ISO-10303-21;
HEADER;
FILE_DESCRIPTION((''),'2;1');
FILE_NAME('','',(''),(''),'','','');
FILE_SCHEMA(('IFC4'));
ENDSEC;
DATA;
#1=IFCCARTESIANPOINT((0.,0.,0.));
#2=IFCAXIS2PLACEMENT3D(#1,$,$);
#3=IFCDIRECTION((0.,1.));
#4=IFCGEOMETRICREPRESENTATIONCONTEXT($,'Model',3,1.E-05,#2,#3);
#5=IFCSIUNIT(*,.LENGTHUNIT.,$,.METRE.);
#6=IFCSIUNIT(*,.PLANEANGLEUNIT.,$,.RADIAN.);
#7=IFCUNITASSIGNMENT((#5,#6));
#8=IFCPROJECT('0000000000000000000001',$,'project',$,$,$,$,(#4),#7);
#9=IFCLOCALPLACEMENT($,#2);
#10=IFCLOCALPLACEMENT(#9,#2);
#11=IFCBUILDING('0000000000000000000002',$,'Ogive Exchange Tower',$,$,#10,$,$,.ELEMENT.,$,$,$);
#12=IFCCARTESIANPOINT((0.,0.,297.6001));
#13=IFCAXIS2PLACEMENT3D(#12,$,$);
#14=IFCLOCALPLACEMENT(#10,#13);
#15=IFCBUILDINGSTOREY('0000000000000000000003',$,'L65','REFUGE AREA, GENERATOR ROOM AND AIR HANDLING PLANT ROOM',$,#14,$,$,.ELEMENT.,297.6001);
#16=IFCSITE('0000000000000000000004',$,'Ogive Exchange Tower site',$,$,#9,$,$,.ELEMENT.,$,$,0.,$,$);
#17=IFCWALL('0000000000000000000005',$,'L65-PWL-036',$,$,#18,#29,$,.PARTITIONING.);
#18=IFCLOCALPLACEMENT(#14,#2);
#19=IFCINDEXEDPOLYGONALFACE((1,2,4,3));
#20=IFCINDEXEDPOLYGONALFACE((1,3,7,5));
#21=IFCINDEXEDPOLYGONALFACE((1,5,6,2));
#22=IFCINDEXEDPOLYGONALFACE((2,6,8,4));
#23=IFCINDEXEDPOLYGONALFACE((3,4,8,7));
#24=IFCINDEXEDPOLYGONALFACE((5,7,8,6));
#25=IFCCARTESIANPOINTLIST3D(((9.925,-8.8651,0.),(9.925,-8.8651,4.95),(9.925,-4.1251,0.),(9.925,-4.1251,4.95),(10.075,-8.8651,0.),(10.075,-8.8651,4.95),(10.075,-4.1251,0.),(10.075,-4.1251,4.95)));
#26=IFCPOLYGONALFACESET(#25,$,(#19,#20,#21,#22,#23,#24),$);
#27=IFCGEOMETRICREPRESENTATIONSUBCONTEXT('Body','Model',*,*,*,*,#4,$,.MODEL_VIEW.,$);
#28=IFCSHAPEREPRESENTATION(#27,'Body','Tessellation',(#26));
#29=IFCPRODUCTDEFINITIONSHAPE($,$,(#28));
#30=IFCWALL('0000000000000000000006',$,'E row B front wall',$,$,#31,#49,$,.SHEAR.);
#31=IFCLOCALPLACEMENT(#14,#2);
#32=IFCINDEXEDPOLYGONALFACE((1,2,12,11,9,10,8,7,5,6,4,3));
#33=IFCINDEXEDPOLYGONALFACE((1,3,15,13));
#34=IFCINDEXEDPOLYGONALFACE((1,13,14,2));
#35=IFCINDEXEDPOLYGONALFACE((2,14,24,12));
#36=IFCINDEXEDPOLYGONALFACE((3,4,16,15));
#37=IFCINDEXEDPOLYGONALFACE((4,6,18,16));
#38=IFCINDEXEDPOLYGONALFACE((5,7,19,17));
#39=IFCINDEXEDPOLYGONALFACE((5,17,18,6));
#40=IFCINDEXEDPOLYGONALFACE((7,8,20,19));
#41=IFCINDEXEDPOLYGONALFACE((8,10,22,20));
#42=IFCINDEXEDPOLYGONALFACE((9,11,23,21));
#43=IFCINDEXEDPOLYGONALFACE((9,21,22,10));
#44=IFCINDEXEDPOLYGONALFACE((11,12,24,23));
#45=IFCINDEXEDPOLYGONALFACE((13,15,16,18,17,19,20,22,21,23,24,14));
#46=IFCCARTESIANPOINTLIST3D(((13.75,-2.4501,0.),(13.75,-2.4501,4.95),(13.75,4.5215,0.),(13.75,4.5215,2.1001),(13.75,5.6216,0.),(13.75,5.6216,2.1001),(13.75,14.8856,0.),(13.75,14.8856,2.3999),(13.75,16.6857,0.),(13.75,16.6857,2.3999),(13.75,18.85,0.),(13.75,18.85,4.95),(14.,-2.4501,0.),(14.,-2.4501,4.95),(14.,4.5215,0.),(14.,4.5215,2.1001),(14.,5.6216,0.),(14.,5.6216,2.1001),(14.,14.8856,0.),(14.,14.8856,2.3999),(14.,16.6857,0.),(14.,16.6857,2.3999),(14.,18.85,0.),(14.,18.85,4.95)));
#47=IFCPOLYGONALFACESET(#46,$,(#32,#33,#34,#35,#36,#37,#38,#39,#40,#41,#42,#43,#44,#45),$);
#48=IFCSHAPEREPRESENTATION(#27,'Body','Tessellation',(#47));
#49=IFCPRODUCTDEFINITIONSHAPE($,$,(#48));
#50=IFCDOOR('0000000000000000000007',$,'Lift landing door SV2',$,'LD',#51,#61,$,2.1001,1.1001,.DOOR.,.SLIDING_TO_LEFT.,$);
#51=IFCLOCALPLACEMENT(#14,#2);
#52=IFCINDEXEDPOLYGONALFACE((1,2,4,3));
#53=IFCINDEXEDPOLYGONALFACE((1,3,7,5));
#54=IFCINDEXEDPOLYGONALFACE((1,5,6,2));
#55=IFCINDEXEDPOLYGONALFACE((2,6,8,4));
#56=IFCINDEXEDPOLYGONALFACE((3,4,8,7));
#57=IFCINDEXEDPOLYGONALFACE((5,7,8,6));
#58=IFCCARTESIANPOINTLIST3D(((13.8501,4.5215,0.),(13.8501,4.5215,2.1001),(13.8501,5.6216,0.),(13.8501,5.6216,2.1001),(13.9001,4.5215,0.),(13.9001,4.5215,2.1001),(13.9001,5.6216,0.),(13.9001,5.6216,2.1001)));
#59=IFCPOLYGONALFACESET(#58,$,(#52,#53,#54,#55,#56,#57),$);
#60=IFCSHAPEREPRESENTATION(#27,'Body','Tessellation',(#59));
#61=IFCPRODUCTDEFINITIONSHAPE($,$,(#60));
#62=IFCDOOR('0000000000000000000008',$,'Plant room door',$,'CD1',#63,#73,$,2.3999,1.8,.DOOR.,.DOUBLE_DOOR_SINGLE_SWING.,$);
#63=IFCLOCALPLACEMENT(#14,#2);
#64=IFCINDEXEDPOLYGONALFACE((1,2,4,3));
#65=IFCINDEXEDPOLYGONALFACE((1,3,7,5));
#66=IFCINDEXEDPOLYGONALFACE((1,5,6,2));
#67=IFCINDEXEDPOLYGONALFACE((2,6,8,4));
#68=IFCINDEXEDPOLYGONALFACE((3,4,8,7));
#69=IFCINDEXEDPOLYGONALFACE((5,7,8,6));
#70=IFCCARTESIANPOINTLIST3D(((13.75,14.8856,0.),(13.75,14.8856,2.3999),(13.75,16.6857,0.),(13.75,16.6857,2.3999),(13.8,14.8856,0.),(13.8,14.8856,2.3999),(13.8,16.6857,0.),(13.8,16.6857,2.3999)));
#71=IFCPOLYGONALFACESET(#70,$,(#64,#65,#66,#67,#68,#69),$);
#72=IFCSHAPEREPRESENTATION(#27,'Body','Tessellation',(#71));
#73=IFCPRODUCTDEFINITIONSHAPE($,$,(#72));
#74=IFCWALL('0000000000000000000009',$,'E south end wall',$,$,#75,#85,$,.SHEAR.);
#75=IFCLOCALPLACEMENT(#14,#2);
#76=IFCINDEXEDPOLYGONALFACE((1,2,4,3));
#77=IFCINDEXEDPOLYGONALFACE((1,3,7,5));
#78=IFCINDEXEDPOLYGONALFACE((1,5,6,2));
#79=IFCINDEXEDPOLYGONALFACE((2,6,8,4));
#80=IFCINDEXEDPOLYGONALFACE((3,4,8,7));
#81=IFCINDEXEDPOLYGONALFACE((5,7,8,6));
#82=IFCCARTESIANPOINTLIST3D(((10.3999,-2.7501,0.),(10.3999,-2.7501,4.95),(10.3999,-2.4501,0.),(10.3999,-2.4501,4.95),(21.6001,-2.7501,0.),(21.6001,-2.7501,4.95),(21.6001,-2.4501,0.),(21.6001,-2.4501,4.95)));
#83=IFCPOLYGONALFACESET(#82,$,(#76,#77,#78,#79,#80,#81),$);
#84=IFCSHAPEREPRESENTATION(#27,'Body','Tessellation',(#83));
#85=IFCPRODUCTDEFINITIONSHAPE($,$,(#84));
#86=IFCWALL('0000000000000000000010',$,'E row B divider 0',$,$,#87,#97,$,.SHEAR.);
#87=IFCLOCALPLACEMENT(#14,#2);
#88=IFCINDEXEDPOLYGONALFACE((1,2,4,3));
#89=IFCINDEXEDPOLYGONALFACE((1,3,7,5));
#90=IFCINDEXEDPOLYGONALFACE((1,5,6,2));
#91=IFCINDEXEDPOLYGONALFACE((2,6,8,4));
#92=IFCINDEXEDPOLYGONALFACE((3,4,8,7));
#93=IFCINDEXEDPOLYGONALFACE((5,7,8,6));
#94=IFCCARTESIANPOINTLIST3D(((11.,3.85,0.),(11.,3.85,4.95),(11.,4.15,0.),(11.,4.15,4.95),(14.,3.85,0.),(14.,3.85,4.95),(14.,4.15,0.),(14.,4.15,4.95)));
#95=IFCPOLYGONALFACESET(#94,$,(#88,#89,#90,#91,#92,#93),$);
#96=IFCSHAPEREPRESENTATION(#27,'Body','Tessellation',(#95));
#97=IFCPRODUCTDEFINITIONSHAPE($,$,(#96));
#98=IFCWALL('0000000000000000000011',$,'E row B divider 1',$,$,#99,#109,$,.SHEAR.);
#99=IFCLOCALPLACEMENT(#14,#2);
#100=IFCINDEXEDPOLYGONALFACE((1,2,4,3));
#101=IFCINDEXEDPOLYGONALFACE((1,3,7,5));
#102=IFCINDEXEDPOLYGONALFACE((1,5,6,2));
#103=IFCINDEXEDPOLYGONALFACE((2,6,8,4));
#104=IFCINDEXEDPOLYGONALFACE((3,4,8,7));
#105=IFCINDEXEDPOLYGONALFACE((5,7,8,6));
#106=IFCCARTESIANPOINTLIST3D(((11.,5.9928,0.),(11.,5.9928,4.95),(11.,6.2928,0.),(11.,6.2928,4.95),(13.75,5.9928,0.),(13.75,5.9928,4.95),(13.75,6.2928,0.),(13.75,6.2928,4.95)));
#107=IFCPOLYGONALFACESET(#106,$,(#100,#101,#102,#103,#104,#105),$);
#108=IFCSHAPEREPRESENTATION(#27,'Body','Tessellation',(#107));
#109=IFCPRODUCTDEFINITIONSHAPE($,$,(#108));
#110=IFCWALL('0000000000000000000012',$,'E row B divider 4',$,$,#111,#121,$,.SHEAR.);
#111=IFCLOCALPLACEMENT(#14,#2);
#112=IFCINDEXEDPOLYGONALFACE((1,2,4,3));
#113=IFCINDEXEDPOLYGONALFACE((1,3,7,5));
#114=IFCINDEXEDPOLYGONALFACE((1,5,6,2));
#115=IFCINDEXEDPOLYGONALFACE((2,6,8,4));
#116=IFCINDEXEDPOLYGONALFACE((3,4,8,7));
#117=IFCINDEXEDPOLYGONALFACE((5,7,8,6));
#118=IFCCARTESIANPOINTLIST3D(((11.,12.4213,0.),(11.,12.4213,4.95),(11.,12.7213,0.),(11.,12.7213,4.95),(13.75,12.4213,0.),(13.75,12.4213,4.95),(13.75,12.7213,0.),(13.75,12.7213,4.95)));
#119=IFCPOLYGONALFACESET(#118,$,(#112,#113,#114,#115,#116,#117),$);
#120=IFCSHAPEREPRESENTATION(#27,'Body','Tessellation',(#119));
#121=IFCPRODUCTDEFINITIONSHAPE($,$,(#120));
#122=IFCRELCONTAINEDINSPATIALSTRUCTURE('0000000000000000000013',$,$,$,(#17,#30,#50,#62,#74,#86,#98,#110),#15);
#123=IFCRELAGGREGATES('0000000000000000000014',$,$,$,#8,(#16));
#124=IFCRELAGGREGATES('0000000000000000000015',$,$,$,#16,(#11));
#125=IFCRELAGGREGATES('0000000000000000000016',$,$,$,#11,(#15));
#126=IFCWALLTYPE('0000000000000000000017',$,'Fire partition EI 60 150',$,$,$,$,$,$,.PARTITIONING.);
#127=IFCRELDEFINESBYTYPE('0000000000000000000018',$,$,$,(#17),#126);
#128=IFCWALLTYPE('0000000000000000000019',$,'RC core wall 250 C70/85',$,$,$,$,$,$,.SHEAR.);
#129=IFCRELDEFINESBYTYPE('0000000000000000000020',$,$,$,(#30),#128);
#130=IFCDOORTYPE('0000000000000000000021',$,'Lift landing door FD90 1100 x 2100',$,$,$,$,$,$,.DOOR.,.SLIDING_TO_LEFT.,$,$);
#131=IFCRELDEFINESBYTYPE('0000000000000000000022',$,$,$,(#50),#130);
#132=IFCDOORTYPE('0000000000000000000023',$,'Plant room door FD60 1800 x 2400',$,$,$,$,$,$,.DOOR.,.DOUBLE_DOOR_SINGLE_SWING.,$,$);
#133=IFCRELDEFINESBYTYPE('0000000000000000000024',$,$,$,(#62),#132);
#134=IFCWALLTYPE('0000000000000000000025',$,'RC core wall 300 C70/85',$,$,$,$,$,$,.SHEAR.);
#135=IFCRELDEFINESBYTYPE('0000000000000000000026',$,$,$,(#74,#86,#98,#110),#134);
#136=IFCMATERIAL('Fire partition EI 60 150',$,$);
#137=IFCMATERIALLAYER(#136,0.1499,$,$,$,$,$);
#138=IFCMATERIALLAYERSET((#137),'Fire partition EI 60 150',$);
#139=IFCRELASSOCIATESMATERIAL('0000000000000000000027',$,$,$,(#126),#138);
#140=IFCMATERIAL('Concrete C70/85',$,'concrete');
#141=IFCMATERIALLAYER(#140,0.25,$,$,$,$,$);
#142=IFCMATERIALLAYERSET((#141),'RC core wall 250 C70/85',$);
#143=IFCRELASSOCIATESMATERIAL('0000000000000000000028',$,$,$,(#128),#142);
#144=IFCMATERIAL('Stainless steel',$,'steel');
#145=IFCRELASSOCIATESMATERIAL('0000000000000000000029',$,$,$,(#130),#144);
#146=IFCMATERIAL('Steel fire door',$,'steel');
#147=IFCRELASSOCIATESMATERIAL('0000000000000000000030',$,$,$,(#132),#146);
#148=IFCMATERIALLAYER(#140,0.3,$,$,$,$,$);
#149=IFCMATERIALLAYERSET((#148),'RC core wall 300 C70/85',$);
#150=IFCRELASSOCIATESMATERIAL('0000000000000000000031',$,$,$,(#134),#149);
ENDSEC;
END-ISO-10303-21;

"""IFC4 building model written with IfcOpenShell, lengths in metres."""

from ifc_helpers import new_model, si_unit, direction, frame, frame_2d, origin, place, context, subcontext, project, spatial, rectangle, extrude, material, layer, layer_set, type_object, element, fill, save


model = new_model("IFC4")

# Units and contexts
model_context = context("Model", 3, precision=1e-05, world=origin(), true_north=direction((0.0, 1.0)))
body_context = subcontext(model_context, "Body", "Model", "MODEL_VIEW")
ifc_project = project(units=[si_unit("LENGTHUNIT", "METRE"), si_unit("PLANEANGLEUNIT", "RADIAN")], contexts=[model_context])

# Site, building, storey
site_placement = place(None, origin())
site = spatial("IfcSite", under=ifc_project, at=site_placement, Name="Ogive Exchange Tower site", CompositionType="ELEMENT", RefElevation=0.0)
building_placement = place(site_placement, origin())
building = spatial("IfcBuilding", under=site, at=building_placement, Name="Ogive Exchange Tower", CompositionType="ELEMENT")
storey_placement = place(building_placement, frame((0.0, 0.0, 297.6001)))
storey = spatial("IfcBuildingStorey", under=building, at=storey_placement, Name="L65", Description="REFUGE AREA, GENERATOR ROOM AND AIR HANDLING PLANT ROOM", CompositionType="ELEMENT", Elevation=297.6001)

# Wall
ifc_material_1 = material(Name="Fire partition EI 60 150")
ifc_layer_1 = layer(ifc_material_1, 0.1499)
ifc_layer_set_1 = layer_set([ifc_layer_1], Name="Fire partition EI 60 150")
wall_type_1 = type_object("IfcWallType", Name="Fire partition EI 60 150", PredefinedType="PARTITIONING", material=ifc_layer_set_1)
wall_1_placement = place(storey_placement, frame((10.0, -4.125, 0.0), z_axis=(0.0, 0.0, 1.0), x_axis=(0.0, -1.0, 0.0)))
element("IfcWall", 1, at=wall_1_placement, inside=storey, type_object=wall_type_1, Name="L65-PWL-036", PredefinedType="PARTITIONING", context=body_context, shape_type="SweptSolid", body=[
    extrude(rectangle(XDim=4.74, YDim=0.1499, at=frame_2d((2.3701, 0.0))), origin(), (0.0, 0.0, 1.0), 4.95),
])

# Wall, openings, doors
ifc_material_2 = material(Name="Concrete C70/85", Category="concrete")
ifc_layer_2 = layer(ifc_material_2, 0.25)
ifc_layer_set_2 = layer_set([ifc_layer_2], Name="RC core wall 250 C70/85")
wall_type_2 = type_object("IfcWallType", Name="RC core wall 250 C70/85", PredefinedType="SHEAR", material=ifc_layer_set_2)
wall_2_placement = place(storey_placement, frame((13.875, -2.45, 0.0), z_axis=(0.0, 0.0, 1.0), x_axis=(0.0, 1.0, 0.0)))
wall_2 = element("IfcWall", 2, at=wall_2_placement, inside=storey, type_object=wall_type_2, Name="E row B front wall", PredefinedType="SHEAR", context=body_context, shape_type="SweptSolid", body=[
    extrude(rectangle(XDim=21.3, YDim=0.25, at=frame_2d((10.6499, 0.0))), origin(), (0.0, 0.0, 1.0), 4.95),
])
opening_1_placement = place(wall_2_placement, frame((17.3357, 0.0, 0.0)))
opening_1 = element("IfcOpeningElement", 3, at=opening_1_placement, cuts=wall_2, PredefinedType="OPENING", context=body_context, shape_type="SweptSolid", body=[
    extrude(rectangle(XDim=1.8, YDim=2.3999, at=frame_2d((0.8999, 1.2))), frame((0.0, 0.135, 0.0), z_axis=(0.0, -1.0, 0.0), x_axis=(1.0, 0.0, 0.0)), (0.0, 0.0, 1.0), 0.27),
])
opening_2_placement = place(wall_2_placement, frame((6.9714, 0.0, 0.0)))
opening_2 = element("IfcOpeningElement", 4, at=opening_2_placement, cuts=wall_2, PredefinedType="OPENING", context=body_context, shape_type="SweptSolid", body=[
    extrude(rectangle(XDim=1.1001, YDim=2.1001, at=frame_2d((0.55, 1.05))), frame((0.0, 0.135, 0.0), z_axis=(0.0, -1.0, 0.0), x_axis=(1.0, 0.0, 0.0)), (0.0, 0.0, 1.0), 0.27),
])
ifc_material_3 = material(Name="Stainless steel", Category="steel")
door_type_1 = type_object("IfcDoorType", Name="Lift landing door FD90 1100 x 2100", OperationType="SLIDING_TO_LEFT", PredefinedType="DOOR", material=ifc_material_3)
door_1_placement = place(opening_2_placement, origin())
door_1 = element("IfcDoor", 5, at=door_1_placement, inside=storey, type_object=door_type_1, Name="Lift landing door SV2", ObjectType="LD", OperationType="SLIDING_TO_LEFT", OverallHeight=2.1001, OverallWidth=1.1001, PredefinedType="DOOR", context=body_context, shape_type="SweptSolid", body=[
    extrude(rectangle(XDim=1.1001, YDim=2.1001, at=frame_2d((0.55, 1.05))), frame((0.0, 0.0249, 0.0), z_axis=(0.0, -1.0, 0.0), x_axis=(1.0, 0.0, 0.0)), (0.0, 0.0, 1.0), 0.05),
])
fill(opening_2, door_1)
ifc_material_4 = material(Name="Steel fire door", Category="steel")
door_type_2 = type_object("IfcDoorType", Name="Plant room door FD60 1800 x 2400", OperationType="DOUBLE_DOOR_SINGLE_SWING", PredefinedType="DOOR", material=ifc_material_4)
door_2_placement = place(opening_1_placement, origin())
door_2 = element("IfcDoor", 6, at=door_2_placement, inside=storey, type_object=door_type_2, Name="Plant room door", ObjectType="CD1", OperationType="DOUBLE_DOOR_SINGLE_SWING", OverallHeight=2.3999, OverallWidth=1.8, PredefinedType="DOOR", context=body_context, shape_type="SweptSolid", body=[
    extrude(rectangle(XDim=1.8, YDim=2.3999, at=frame_2d((0.8999, 1.2))), frame((0.0, 0.125, 0.0), z_axis=(0.0, -1.0, 0.0), x_axis=(1.0, 0.0, 0.0)), (0.0, 0.0, 1.0), 0.05),
])
fill(opening_1, door_2)

# Walls
ifc_layer_3 = layer(ifc_material_2, 0.3)
ifc_layer_set_3 = layer_set([ifc_layer_3], Name="RC core wall 300 C70/85")
wall_type_3 = type_object("IfcWallType", Name="RC core wall 300 C70/85", PredefinedType="SHEAR", material=ifc_layer_set_3)
wall_3_placement = place(storey_placement, frame((10.3999, -2.6001, 0.0), z_axis=(0.0, 0.0, 1.0), x_axis=(1.0, 0.0, 0.0)))
element("IfcWall", 7, at=wall_3_placement, inside=storey, type_object=wall_type_3, Name="E south end wall", PredefinedType="SHEAR", context=body_context, shape_type="SweptSolid", body=[
    extrude(rectangle(XDim=11.2002, YDim=0.3, at=frame_2d((5.6001, 0.0))), origin(), (0.0, 0.0, 1.0), 4.95),
])
wall_4_placement = place(storey_placement, frame((11.0, 4.0, 0.0), z_axis=(0.0, 0.0, 1.0), x_axis=(1.0, 0.0, 0.0)))
element("IfcWall", 8, at=wall_4_placement, inside=storey, type_object=wall_type_3, Name="E row B divider 0", PredefinedType="SHEAR", context=body_context, shape_type="SweptSolid", body=[
    extrude(rectangle(XDim=3.0, YDim=0.3, at=frame_2d((1.5, 0.0))), origin(), (0.0, 0.0, 1.0), 4.95),
])
for number, where, z_axis, x_axis, name in (
    (9, (11.0, 6.1428, 0.0), (0.0, 0.0, 1.0), (1.0, 0.0, 0.0), "E row B divider 1"),
    (10, (11.0, 12.5713, 0.0), (0.0, 0.0, 1.0), (1.0, 0.0, 0.0), "E row B divider 4"),
):
    element("IfcWall", number, at=place(storey_placement, frame(where, z_axis=z_axis, x_axis=x_axis)), inside=storey, type_object=wall_type_3, Name=name, PredefinedType="SHEAR", context=body_context, shape_type="SweptSolid", body=[
        extrude(rectangle(XDim=2.75, YDim=0.3, at=frame_2d((1.375, 0.0))), origin(), (0.0, 0.0, 1.0), 4.95),
    ])

save(model, "model.ifc")
